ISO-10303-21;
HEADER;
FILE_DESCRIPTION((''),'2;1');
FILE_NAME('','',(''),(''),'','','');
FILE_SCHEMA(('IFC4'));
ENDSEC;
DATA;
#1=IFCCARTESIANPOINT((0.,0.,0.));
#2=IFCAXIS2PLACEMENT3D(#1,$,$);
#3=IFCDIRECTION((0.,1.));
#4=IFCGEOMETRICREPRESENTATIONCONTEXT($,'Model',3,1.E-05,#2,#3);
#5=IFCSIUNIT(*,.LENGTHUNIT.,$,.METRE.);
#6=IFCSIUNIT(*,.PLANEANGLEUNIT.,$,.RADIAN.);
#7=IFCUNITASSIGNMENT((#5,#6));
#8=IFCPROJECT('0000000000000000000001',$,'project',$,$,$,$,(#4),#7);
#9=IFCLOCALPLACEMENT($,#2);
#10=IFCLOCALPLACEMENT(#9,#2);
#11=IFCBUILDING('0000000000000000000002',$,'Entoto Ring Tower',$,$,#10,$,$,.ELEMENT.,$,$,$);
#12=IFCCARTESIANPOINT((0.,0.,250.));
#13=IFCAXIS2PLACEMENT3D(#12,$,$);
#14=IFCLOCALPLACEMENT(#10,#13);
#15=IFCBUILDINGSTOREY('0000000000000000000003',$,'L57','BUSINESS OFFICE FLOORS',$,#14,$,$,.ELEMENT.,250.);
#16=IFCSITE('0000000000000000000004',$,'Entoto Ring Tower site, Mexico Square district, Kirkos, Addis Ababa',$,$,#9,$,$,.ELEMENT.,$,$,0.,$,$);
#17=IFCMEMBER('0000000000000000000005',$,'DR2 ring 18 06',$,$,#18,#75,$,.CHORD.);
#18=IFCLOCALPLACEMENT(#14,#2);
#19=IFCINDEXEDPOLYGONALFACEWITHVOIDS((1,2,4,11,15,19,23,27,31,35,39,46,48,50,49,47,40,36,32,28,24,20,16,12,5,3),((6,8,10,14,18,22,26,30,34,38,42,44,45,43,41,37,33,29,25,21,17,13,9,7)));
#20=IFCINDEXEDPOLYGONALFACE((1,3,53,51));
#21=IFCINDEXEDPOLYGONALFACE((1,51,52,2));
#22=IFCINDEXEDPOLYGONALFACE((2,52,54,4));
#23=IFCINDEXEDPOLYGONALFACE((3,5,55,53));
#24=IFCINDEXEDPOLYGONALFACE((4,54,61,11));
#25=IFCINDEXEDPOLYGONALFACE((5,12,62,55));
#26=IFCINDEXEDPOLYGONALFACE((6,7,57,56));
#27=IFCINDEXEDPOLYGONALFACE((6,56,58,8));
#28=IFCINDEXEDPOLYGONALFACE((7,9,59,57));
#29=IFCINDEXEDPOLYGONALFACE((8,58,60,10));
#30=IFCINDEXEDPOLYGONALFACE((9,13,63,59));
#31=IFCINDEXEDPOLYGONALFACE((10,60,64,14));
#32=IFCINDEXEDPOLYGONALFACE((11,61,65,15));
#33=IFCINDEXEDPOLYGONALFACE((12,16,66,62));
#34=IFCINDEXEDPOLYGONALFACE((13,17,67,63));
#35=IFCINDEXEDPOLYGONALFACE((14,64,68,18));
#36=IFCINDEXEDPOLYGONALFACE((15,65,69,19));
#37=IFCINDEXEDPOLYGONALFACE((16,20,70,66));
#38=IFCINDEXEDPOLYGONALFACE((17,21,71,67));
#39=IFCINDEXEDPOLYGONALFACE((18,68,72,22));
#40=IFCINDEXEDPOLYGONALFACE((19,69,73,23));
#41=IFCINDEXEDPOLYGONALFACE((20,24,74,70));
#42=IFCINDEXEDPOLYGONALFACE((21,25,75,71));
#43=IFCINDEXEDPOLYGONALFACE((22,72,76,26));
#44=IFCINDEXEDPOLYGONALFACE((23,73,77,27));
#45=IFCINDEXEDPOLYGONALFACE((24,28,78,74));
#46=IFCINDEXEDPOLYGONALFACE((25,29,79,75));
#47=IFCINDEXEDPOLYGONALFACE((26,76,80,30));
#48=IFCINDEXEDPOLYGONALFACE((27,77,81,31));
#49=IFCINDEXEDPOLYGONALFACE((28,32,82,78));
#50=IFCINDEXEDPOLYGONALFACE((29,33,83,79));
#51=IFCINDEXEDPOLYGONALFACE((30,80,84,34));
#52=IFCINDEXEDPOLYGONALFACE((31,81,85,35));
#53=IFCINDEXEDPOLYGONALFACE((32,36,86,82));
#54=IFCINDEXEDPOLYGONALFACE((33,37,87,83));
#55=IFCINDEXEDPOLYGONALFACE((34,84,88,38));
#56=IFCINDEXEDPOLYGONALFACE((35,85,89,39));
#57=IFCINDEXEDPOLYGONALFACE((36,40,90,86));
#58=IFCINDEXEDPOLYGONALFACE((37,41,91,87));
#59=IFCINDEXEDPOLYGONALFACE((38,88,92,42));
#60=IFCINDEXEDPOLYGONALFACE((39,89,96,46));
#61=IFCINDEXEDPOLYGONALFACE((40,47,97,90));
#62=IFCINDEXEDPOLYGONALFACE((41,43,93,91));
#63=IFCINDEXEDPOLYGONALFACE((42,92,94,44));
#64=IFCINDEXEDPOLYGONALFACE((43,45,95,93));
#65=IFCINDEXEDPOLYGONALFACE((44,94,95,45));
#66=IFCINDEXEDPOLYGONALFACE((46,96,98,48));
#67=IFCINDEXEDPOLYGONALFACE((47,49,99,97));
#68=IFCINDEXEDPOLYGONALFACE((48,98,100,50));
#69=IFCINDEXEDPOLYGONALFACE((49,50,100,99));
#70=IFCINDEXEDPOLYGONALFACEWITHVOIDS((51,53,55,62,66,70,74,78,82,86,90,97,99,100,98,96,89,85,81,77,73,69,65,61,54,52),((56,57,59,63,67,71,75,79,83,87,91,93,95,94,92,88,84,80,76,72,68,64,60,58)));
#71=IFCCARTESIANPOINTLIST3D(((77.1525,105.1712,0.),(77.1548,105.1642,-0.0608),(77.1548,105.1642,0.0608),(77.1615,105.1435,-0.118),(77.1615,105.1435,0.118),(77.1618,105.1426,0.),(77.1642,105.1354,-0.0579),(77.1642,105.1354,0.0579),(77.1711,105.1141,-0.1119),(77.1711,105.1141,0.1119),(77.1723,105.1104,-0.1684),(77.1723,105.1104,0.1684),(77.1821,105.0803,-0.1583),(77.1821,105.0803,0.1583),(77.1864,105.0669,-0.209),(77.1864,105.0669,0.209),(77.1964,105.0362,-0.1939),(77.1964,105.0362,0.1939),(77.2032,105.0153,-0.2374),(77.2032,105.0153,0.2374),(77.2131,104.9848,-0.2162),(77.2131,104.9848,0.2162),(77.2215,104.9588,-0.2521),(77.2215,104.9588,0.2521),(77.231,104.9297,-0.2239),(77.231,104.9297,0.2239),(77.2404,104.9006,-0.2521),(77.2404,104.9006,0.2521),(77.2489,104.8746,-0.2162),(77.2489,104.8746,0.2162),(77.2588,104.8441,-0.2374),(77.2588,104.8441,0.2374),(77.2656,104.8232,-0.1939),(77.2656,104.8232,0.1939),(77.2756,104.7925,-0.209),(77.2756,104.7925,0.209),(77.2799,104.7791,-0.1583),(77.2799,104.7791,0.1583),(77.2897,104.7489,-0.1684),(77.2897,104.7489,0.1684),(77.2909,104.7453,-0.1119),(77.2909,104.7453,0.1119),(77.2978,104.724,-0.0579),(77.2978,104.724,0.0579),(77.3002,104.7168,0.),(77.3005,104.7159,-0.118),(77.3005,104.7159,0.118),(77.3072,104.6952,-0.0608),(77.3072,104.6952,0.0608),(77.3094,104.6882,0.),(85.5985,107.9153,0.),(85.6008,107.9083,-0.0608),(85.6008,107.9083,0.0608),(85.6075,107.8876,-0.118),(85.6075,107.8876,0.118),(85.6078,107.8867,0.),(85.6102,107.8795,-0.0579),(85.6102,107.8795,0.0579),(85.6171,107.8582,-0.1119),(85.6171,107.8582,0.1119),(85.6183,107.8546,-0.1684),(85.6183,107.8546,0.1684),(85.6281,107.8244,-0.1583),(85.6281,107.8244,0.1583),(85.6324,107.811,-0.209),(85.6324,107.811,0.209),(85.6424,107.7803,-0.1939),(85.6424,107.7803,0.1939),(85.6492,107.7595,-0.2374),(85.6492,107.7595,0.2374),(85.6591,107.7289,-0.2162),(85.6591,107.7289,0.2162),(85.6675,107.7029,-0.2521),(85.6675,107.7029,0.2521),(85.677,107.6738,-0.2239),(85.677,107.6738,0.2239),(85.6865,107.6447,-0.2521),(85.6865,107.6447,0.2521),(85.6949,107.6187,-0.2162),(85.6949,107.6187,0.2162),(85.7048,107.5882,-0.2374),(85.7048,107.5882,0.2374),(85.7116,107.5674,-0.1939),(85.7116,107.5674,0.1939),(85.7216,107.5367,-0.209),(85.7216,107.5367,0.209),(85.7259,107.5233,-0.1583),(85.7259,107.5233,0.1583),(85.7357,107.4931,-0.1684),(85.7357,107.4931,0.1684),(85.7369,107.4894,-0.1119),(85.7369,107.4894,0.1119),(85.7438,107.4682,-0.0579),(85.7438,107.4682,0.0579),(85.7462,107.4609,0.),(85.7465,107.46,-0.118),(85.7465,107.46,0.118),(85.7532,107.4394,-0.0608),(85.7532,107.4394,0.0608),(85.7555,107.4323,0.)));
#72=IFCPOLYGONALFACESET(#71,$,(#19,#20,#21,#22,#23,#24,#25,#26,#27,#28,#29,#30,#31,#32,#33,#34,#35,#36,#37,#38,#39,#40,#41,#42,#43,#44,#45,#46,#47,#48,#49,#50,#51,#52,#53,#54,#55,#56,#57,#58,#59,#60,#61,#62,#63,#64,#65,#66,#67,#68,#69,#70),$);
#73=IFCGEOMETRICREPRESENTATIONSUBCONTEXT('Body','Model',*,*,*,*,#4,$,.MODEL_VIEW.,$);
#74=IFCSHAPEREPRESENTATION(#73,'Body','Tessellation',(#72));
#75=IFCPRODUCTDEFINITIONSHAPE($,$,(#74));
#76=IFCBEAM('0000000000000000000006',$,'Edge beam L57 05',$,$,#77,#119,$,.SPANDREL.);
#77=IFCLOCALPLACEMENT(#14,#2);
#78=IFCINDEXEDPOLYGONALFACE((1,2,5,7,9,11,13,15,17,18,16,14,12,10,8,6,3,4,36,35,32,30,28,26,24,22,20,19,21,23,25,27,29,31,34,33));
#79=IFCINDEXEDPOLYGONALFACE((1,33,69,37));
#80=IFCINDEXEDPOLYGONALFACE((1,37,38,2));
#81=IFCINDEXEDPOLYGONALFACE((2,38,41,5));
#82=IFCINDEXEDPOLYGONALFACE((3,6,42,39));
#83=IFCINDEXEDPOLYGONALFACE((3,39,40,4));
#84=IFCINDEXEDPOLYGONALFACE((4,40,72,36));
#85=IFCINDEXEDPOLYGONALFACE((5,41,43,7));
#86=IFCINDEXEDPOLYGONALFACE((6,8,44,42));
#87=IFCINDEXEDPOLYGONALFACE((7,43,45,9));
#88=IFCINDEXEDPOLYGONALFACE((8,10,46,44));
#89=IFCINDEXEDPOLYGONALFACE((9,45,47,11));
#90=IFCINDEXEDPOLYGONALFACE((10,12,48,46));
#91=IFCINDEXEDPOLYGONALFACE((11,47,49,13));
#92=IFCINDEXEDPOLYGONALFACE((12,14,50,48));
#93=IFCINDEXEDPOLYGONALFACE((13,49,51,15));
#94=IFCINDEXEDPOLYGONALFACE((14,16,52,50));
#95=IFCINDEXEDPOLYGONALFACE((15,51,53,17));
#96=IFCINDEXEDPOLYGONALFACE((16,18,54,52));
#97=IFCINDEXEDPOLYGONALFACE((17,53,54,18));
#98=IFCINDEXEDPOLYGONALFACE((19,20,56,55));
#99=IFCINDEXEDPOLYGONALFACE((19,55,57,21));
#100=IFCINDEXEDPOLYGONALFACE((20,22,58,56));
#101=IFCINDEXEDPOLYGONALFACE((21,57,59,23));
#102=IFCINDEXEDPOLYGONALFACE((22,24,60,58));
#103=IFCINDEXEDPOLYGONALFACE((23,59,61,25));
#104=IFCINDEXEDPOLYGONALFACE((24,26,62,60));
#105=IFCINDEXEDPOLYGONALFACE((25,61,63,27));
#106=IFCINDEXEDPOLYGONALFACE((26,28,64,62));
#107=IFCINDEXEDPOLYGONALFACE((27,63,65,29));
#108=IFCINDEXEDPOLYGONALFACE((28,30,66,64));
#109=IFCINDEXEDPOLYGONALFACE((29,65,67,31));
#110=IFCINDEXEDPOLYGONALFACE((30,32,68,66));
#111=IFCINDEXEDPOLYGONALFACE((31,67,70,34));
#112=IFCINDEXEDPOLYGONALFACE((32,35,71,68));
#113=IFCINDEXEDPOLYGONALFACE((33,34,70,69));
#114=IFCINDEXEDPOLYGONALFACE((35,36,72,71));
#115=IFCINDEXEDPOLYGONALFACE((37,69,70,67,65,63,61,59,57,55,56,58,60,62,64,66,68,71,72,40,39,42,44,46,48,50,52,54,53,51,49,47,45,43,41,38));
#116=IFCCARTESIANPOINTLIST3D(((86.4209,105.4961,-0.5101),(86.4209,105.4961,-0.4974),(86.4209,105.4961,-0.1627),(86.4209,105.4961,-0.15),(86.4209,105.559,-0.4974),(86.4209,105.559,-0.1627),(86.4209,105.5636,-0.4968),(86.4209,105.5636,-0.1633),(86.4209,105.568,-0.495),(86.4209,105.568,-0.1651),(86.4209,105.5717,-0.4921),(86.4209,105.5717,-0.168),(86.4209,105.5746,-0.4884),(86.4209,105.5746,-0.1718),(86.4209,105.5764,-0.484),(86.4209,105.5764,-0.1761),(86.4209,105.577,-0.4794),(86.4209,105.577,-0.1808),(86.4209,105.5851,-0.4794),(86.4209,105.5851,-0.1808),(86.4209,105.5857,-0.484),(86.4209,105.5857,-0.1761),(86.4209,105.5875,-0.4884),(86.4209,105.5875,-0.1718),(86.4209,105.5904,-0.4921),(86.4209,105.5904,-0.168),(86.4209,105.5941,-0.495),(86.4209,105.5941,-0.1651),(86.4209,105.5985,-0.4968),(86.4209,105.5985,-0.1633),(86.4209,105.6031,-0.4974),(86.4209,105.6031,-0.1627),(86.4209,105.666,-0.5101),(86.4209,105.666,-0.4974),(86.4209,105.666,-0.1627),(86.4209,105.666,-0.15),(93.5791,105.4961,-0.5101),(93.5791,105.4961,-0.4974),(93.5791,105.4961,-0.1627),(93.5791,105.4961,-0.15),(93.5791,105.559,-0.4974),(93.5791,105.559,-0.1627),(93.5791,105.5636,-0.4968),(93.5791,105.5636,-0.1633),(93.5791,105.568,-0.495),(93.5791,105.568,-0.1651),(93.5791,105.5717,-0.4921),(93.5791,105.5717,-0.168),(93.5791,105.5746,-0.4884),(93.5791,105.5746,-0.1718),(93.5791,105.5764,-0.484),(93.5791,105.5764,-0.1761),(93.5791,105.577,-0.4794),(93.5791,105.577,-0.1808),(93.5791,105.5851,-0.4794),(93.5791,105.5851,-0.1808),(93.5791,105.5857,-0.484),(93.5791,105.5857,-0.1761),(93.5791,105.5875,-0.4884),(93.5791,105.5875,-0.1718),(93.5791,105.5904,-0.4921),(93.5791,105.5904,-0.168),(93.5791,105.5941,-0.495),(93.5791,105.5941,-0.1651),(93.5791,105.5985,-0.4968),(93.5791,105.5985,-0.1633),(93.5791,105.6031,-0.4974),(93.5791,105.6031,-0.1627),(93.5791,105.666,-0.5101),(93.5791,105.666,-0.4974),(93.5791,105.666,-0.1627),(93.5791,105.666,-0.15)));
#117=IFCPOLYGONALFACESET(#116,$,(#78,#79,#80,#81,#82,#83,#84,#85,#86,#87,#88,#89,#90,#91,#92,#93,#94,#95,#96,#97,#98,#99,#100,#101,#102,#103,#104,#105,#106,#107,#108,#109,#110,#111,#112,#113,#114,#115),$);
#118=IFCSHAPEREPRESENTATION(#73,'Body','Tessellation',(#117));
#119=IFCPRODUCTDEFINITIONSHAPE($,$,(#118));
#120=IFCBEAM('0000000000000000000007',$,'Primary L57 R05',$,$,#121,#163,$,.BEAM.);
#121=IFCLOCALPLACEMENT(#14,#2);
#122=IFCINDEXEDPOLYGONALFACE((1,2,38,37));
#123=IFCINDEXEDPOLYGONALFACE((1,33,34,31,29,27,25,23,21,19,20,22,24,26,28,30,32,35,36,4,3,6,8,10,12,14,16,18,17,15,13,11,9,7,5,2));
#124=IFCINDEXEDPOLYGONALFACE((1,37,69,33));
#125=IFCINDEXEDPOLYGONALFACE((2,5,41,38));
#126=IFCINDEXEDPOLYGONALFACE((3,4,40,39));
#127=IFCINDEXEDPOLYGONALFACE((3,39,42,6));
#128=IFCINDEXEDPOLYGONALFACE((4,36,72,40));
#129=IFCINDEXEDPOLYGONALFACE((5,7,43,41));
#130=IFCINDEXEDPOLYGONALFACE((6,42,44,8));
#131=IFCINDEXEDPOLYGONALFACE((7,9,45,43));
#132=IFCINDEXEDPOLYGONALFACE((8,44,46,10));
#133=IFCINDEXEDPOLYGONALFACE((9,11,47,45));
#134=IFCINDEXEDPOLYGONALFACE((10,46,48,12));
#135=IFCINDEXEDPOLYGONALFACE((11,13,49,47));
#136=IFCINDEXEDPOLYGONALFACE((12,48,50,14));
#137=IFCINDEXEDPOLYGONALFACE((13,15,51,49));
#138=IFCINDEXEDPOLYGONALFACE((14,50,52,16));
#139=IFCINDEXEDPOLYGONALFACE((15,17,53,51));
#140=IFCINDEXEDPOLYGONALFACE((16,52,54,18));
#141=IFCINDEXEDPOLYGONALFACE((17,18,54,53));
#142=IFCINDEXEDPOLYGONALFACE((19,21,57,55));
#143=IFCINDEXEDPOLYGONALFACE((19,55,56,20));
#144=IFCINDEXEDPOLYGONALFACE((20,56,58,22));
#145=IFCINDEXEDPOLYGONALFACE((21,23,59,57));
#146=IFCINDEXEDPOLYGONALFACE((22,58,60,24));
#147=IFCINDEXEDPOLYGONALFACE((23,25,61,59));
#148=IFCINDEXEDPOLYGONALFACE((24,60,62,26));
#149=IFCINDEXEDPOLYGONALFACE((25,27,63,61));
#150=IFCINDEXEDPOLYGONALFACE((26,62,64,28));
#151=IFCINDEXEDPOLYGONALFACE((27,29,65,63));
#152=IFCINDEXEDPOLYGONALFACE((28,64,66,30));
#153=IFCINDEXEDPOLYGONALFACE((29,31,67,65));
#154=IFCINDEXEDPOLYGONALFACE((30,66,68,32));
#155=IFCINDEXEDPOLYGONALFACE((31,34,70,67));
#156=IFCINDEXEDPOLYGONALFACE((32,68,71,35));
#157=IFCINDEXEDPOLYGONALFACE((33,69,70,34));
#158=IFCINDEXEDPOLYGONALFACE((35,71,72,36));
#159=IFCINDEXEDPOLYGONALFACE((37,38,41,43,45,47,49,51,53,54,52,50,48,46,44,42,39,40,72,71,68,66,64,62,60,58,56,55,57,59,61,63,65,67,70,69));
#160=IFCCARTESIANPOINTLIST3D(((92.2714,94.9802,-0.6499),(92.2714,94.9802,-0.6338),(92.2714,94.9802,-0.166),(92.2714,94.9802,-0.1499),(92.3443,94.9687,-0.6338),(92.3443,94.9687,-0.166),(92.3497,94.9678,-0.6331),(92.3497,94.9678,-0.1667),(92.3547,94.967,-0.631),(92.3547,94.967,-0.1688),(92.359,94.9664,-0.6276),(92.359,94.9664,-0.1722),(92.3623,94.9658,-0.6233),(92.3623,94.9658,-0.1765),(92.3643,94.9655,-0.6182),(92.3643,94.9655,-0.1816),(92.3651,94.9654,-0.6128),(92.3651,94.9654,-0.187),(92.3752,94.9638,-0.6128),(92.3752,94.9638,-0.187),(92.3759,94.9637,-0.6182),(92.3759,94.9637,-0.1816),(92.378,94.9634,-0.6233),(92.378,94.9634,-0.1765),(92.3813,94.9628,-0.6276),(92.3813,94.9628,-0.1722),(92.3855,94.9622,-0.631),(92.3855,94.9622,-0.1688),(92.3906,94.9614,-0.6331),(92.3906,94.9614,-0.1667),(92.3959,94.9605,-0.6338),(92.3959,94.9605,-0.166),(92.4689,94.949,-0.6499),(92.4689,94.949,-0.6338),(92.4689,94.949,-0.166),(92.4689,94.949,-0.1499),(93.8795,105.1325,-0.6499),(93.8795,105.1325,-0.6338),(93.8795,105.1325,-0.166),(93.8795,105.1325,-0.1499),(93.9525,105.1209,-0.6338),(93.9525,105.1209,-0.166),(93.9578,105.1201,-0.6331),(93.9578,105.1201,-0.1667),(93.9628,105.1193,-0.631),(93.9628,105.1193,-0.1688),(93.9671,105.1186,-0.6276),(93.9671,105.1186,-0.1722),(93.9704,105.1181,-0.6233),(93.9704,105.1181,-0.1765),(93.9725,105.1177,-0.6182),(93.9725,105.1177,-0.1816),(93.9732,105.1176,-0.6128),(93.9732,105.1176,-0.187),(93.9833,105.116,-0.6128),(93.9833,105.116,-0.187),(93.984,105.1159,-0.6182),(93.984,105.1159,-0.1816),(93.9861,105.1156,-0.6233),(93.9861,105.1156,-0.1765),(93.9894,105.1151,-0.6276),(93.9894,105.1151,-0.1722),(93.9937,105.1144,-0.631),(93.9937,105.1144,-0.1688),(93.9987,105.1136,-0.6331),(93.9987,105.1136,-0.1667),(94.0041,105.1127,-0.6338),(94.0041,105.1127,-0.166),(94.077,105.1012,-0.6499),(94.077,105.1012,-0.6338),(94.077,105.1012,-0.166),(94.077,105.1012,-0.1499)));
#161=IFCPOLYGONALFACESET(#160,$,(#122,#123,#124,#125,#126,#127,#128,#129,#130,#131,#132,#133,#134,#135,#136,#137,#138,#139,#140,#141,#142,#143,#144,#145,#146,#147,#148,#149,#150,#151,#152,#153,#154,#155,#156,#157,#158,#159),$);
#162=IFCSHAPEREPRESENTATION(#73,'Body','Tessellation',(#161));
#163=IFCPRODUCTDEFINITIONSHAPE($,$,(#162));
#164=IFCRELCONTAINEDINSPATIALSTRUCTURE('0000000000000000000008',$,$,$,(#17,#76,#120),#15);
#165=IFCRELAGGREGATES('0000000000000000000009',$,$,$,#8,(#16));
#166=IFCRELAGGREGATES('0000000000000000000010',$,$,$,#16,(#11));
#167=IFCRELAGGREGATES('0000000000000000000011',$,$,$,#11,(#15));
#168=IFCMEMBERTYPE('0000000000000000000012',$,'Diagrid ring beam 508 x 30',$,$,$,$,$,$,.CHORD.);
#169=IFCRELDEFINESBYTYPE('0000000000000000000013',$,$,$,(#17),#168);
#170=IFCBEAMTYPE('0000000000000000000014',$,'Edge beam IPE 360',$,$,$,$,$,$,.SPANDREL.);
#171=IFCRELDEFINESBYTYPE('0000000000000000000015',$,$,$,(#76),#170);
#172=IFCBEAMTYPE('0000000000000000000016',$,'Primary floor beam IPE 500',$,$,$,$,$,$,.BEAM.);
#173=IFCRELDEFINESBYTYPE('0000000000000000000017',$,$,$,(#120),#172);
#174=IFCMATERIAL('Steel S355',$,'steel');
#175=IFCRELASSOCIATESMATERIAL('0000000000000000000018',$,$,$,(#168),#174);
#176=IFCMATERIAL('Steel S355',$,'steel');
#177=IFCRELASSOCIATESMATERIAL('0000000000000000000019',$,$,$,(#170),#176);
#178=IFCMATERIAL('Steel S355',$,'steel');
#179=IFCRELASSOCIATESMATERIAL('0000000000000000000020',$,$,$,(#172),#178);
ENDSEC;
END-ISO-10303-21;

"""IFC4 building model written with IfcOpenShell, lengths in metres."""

from ifc_helpers import new_model, si_unit, direction, frame, origin, origin_2d, place, context, subcontext, project, spatial, circle, hollow_circle, i_section, extrude, material, material_profile, profile_set, type_object, element, save


model = new_model("IFC4")

# Units and contexts
model_context = context("Model", 3, precision=1e-05, world=origin(), true_north=direction((0.0, 1.0)))
body_context = subcontext(model_context, "Body", "Model", "MODEL_VIEW")
ifc_project = project(units=[si_unit("LENGTHUNIT", "METRE"), si_unit("PLANEANGLEUNIT", "RADIAN")], contexts=[model_context])

# Site, building, storey
site_placement = place(None, origin())
site = spatial("IfcSite", under=ifc_project, at=site_placement, Name="Entoto Ring Tower site, Mexico Square district, Kirkos, Addis Ababa", CompositionType="ELEMENT", RefElevation=0.0)
building_placement = place(site_placement, origin())
building = spatial("IfcBuilding", under=site, at=building_placement, Name="Entoto Ring Tower", CompositionType="ELEMENT")
storey_placement = place(building_placement, frame((0.0, 0.0, 250.0)))
storey = spatial("IfcBuildingStorey", under=building, at=storey_placement, Name="L57", Description="BUSINESS OFFICE FLOORS", CompositionType="ELEMENT", Elevation=250.0)

# Member
ifc_material_1 = material(Name="Steel S355", Category="steel")
ifc_material_profile_1 = material_profile(ifc_material_1, hollow_circle(Radius=0.2539, WallThickness=0.03, at=origin_2d()), Name="CHS 508 x 30")
ifc_material_2 = material(Name="Concrete C60/75", Category="concrete")
ifc_material_profile_2 = material_profile(ifc_material_2, circle(Radius=0.2241, at=origin_2d()), Name="Concrete C60/75 infill")
ifc_profile_set_1 = profile_set([ifc_material_profile_1, ifc_material_profile_2], Name="Steel S355")
member_type_1 = type_object("IfcMemberType", Name="Diagrid ring beam 508 x 30", PredefinedType="CHORD", material=ifc_profile_set_1)
member_1_placement = place(storey_placement, frame((85.677, 107.6738, 0.0), z_axis=(-0.951061, -0.309002, 0.0), x_axis=(0.309002, -0.951061, 0.0)))
element("IfcMember", 1, at=member_1_placement, inside=storey, type_object=member_type_1, Name="DR2 ring 18 06", PredefinedType="CHORD", context=body_context, shape_type="SweptSolid", body=[
    extrude(hollow_circle(Radius=0.2539, WallThickness=0.03, at=origin_2d()), origin(), (0.0, 0.0, 1.0), 8.8806),
])

# Beams
ifc_material_3 = material(Name="Steel S355", Category="steel")
ifc_material_profile_3 = material_profile(ifc_material_3, i_section(OverallWidth=0.1699, OverallDepth=0.3601, WebThickness=0.0081, FlangeThickness=0.0127, FilletRadius=0.0181, at=origin_2d()), Name="IPE 360")
ifc_profile_set_2 = profile_set([ifc_material_profile_3], Name="Steel S355")
beam_type_1 = type_object("IfcBeamType", Name="Edge beam IPE 360", PredefinedType="SPANDREL", material=ifc_profile_set_2)
beam_1_placement = place(storey_placement, frame((93.5791, 105.5811, -0.3301), z_axis=(-1.0, 0.0, 0.0), x_axis=(0.0, -1.0, 0.0)))
element("IfcBeam", 2, at=beam_1_placement, inside=storey, type_object=beam_type_1, Name="Edge beam L57 05", PredefinedType="SPANDREL", context=body_context, shape_type="SweptSolid", body=[
    extrude(i_section(OverallWidth=0.1699, OverallDepth=0.3601, WebThickness=0.0081, FlangeThickness=0.0127, FilletRadius=0.0181, at=origin_2d()), origin(), (0.0, 0.0, 1.0), 7.1582),
])
ifc_material_4 = material(Name="Steel S355", Category="steel")
ifc_material_profile_4 = material_profile(ifc_material_4, i_section(OverallWidth=0.2, OverallDepth=0.5, WebThickness=0.0103, FlangeThickness=0.0161, FilletRadius=0.021, at=origin_2d()), Name="IPE 500")
ifc_profile_set_3 = profile_set([ifc_material_profile_4], Name="Steel S355")
beam_type_2 = type_object("IfcBeamType", Name="Primary floor beam IPE 500", PredefinedType="BEAM", material=ifc_profile_set_3)
for number, where, z_axis, x_axis, name in (
    (3, (92.3701, 94.9646, -0.3999), (0.156452, 0.987686, 0.0), (-0.987686, 0.156452, 0.0), "Primary L57 R05"),
):
    element("IfcBeam", number, at=place(storey_placement, frame(where, z_axis=z_axis, x_axis=x_axis)), inside=storey, type_object=beam_type_2, Name=name, PredefinedType="BEAM", context=body_context, shape_type="SweptSolid", body=[
        extrude(i_section(OverallWidth=0.2, OverallDepth=0.5, WebThickness=0.0103, FlangeThickness=0.0161, FilletRadius=0.021, at=origin_2d()), origin(), (0.0, 0.0, 1.0), 10.2788),
    ])

save(model, "model.ifc")
